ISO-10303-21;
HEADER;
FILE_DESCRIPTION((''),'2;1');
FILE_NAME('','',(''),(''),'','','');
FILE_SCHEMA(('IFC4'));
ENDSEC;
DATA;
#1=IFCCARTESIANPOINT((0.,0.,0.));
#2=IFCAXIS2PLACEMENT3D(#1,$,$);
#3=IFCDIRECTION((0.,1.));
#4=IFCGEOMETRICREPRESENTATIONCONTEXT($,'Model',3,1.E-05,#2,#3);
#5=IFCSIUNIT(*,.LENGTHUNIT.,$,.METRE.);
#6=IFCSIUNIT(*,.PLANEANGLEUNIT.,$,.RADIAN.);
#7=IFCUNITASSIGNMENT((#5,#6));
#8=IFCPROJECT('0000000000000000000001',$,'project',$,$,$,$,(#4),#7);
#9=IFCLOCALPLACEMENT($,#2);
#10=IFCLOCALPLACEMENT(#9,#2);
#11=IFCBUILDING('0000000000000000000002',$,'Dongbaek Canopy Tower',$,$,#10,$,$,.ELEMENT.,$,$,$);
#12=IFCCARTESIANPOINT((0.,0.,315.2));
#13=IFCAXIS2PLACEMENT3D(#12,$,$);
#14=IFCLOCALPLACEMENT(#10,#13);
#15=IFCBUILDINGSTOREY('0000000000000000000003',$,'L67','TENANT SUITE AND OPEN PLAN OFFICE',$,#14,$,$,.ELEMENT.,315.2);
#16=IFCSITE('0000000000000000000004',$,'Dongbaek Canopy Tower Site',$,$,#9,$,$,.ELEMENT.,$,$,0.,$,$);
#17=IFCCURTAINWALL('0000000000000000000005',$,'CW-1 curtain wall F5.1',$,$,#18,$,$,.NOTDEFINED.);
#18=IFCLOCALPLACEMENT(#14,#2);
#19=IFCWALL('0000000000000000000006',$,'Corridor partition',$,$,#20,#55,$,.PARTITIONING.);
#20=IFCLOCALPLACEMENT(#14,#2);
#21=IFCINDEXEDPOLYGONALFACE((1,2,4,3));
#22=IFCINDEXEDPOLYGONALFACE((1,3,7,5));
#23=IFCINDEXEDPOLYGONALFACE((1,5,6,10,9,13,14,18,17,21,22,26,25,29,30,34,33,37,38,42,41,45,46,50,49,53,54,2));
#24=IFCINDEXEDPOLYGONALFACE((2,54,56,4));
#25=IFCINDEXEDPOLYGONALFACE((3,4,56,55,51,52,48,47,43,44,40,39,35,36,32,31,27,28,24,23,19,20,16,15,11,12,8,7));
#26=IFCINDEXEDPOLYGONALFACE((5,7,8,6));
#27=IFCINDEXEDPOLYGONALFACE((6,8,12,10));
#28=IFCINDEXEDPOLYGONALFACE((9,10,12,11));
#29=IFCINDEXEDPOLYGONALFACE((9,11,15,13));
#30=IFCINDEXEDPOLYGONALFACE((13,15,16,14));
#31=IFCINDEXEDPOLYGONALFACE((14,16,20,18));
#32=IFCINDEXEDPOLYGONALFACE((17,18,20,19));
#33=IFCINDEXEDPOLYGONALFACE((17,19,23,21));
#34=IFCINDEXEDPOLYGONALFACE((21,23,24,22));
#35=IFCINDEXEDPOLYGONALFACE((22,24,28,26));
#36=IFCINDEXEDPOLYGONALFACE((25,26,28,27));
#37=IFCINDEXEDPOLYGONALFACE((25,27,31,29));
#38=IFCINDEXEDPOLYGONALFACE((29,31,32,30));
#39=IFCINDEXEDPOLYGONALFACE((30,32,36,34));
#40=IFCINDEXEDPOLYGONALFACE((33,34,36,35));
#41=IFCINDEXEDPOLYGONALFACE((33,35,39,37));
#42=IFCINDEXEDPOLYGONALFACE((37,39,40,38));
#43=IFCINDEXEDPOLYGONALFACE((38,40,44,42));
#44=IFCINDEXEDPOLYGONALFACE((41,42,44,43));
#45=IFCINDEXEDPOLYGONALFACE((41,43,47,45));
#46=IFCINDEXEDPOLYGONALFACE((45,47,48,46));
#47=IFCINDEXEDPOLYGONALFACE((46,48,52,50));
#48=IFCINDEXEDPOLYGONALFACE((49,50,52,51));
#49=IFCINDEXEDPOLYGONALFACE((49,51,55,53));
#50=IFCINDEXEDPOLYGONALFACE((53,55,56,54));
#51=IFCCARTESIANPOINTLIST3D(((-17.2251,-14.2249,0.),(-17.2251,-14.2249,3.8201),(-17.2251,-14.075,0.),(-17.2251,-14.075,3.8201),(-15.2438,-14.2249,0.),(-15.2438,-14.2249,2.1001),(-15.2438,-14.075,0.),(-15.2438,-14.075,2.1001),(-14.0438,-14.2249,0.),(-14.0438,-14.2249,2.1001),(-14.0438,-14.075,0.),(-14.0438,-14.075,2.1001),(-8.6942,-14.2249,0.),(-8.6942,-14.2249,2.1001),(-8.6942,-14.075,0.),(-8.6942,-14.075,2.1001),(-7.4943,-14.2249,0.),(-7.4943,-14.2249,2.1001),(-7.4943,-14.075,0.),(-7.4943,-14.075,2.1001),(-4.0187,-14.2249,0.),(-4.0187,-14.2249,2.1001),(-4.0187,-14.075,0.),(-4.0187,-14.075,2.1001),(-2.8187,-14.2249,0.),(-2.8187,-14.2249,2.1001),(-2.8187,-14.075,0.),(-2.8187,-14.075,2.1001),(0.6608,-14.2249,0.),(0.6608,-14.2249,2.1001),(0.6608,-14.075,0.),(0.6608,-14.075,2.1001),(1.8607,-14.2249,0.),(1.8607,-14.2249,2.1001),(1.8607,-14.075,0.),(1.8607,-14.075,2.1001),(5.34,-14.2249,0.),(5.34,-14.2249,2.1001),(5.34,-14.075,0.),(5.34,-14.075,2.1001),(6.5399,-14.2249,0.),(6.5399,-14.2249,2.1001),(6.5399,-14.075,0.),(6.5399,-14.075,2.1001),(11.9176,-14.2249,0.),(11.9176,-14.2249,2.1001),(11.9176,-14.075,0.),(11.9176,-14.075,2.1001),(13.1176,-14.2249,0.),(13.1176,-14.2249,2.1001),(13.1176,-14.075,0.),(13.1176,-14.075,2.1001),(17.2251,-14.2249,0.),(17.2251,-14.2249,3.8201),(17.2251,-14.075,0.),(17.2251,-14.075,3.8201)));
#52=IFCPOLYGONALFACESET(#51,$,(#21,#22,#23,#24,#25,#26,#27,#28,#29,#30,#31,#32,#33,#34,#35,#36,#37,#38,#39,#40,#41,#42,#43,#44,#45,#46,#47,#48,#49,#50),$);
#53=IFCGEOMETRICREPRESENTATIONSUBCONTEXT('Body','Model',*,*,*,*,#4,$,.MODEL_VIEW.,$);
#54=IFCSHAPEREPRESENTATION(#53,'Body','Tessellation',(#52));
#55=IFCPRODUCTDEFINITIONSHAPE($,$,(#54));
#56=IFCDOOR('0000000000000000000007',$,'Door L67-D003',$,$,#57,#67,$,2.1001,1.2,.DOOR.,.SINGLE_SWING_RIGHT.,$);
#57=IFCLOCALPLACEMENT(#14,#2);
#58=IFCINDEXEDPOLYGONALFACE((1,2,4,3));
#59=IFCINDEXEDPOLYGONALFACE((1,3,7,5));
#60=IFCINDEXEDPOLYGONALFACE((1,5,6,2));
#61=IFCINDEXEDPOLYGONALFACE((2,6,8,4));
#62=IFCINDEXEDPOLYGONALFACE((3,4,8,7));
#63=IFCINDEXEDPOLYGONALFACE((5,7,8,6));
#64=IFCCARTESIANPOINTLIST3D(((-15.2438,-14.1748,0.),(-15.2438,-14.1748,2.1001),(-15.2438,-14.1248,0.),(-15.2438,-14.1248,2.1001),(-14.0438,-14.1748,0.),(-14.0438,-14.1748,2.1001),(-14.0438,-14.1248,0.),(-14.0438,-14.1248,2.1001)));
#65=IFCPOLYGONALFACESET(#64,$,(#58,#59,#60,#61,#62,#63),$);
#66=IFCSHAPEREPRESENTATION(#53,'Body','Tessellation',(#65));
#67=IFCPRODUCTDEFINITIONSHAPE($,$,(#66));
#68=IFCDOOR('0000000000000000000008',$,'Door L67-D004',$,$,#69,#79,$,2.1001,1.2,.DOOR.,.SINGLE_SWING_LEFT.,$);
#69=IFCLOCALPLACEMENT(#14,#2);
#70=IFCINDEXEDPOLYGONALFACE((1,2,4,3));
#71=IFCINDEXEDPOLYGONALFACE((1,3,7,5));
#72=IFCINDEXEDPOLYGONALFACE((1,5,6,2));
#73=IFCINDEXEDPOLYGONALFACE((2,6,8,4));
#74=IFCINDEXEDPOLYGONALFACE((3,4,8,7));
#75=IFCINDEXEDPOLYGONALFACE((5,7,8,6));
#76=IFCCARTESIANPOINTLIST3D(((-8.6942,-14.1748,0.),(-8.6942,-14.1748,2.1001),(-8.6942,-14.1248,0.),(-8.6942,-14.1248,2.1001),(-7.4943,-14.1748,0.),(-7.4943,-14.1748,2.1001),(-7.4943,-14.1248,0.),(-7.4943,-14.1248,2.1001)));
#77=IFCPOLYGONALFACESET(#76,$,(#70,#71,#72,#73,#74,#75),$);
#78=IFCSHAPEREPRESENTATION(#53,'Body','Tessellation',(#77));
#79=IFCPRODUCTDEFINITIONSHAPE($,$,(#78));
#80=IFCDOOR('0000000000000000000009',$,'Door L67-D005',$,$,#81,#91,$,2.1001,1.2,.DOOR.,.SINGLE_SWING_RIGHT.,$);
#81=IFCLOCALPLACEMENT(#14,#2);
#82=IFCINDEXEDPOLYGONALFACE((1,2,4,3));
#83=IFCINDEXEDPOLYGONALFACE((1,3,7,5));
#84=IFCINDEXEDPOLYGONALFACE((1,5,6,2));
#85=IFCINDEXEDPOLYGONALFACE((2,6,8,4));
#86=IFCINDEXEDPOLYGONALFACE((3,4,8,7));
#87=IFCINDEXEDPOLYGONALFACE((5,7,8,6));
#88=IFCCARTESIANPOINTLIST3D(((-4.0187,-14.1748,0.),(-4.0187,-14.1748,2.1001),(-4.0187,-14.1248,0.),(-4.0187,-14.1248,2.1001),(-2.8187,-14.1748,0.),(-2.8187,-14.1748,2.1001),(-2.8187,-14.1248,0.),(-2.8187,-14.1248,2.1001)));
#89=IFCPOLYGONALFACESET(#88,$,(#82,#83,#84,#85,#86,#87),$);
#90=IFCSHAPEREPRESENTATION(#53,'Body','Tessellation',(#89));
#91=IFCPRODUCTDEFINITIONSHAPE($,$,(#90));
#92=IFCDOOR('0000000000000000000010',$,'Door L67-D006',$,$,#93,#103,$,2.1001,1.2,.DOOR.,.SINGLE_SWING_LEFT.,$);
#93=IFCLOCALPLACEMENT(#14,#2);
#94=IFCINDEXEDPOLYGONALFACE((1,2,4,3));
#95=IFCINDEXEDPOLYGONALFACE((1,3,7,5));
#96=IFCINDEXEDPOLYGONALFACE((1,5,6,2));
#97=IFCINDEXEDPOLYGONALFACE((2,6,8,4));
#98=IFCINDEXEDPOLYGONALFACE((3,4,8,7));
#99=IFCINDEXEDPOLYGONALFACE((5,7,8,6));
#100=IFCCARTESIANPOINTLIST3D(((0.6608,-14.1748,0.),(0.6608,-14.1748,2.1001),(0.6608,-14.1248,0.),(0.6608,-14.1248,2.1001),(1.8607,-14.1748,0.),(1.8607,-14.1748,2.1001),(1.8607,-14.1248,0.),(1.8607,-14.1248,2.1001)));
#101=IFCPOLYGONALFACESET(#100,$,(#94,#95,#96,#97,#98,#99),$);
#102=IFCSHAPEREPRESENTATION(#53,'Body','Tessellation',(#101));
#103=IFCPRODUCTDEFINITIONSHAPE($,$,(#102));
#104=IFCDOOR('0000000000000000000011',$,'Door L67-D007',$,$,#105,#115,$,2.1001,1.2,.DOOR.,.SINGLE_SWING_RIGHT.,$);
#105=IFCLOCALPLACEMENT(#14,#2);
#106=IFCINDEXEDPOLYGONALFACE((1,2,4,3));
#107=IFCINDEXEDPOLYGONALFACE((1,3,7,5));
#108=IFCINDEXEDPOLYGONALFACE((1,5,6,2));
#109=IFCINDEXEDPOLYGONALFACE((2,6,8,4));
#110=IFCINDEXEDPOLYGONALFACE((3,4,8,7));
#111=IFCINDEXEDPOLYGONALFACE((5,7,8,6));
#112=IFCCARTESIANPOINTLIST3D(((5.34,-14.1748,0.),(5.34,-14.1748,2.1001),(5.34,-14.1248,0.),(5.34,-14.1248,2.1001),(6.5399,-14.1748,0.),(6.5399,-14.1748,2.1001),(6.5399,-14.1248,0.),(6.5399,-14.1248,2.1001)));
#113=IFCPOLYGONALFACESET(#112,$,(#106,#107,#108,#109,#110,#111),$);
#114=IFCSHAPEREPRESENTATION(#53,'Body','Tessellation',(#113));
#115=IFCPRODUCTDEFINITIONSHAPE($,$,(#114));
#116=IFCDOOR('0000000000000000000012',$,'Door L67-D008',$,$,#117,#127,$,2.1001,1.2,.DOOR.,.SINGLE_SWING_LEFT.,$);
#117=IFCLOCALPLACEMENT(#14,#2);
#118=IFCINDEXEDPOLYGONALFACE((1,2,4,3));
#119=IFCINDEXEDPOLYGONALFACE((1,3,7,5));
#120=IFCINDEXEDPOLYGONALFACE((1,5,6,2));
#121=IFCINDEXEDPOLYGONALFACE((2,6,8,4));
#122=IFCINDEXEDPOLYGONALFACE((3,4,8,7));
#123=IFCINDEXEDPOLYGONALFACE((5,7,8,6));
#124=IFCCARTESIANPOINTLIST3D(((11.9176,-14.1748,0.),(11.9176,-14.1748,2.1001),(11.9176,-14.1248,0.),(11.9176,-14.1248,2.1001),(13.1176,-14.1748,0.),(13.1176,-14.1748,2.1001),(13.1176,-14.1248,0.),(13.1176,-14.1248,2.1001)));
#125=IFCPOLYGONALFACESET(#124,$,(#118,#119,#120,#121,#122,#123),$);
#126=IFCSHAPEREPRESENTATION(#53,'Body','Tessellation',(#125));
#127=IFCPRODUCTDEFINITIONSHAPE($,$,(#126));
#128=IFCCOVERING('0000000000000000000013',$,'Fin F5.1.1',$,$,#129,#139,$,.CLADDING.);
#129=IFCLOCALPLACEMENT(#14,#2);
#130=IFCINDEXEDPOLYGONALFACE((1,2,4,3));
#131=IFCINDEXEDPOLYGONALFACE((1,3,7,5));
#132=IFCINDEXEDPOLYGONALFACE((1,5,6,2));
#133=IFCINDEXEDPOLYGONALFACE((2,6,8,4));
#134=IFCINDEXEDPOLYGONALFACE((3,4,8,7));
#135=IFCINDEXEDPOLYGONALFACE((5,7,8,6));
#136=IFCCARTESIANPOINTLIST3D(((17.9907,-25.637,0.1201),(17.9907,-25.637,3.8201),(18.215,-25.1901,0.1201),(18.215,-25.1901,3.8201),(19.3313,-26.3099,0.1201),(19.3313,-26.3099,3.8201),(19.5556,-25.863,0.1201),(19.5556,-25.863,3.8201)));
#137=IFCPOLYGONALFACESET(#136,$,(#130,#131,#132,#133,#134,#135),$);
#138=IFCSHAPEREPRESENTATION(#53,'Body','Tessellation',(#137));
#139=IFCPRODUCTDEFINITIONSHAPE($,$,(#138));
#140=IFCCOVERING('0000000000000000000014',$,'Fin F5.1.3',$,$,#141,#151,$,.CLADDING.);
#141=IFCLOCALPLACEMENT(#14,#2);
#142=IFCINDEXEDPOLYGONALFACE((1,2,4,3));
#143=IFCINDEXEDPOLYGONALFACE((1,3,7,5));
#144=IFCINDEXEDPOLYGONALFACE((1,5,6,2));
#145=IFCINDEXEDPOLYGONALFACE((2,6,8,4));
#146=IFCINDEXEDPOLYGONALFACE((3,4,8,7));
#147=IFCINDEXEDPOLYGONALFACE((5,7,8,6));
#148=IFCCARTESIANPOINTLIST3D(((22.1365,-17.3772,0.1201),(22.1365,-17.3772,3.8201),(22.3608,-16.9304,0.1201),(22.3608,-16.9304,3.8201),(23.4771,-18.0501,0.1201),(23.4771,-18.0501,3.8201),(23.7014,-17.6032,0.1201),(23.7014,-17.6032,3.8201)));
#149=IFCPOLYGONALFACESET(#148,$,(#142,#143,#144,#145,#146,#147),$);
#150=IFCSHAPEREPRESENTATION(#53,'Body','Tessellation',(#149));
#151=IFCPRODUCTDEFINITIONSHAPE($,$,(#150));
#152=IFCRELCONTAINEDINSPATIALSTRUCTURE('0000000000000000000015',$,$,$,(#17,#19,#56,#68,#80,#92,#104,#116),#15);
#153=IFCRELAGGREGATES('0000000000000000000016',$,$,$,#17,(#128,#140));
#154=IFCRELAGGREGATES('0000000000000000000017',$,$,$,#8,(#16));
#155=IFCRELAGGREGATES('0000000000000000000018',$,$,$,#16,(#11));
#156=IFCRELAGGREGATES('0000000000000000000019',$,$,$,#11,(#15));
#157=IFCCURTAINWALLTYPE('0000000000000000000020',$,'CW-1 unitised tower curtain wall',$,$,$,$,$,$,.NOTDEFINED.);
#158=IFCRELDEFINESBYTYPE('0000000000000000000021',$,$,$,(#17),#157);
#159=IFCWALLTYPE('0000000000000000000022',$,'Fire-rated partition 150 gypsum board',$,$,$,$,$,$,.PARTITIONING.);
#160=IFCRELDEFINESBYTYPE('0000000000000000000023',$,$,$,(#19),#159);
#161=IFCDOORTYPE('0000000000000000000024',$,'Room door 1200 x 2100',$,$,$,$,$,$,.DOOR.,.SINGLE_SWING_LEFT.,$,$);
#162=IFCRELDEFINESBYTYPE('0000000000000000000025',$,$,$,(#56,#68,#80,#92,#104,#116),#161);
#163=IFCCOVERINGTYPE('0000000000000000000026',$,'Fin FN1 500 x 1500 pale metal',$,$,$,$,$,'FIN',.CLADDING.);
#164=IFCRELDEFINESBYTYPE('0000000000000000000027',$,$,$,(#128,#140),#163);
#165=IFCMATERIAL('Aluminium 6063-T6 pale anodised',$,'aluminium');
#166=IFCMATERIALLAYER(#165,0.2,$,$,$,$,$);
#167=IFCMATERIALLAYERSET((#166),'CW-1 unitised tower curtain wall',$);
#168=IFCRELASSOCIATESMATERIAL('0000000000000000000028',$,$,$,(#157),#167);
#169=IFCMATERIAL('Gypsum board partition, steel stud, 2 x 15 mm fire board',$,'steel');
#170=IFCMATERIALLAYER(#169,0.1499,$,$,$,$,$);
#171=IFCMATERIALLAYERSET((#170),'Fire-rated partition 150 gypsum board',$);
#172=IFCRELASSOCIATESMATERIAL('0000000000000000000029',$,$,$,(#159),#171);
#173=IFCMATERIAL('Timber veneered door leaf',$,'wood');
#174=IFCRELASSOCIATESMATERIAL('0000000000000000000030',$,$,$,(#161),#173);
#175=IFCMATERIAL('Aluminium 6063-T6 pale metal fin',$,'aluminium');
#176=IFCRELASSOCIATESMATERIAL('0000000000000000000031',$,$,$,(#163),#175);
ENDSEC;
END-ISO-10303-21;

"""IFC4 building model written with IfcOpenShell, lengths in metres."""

from ifc_helpers import new_model, si_unit, direction, frame, frame_2d, origin, origin_2d, place, context, subcontext, project, spatial, rectangle, extrude, material, layer, layer_set, material_profile, profile_set, type_object, element, fill, aggregate, save


model = new_model("IFC4")

# Units and contexts
model_context = context("Model", 3, precision=1e-05, world=origin(), true_north=direction((0.0, 1.0)))
body_context = subcontext(model_context, "Body", "Model", "MODEL_VIEW")
ifc_project = project(units=[si_unit("LENGTHUNIT", "METRE"), si_unit("PLANEANGLEUNIT", "RADIAN")], contexts=[model_context])

# Site, building, storey
site_placement = place(None, origin())
site = spatial("IfcSite", under=ifc_project, at=site_placement, Name="Dongbaek Canopy Tower Site", CompositionType="ELEMENT", RefElevation=0.0)
building_placement = place(site_placement, origin())
building = spatial("IfcBuilding", under=site, at=building_placement, Name="Dongbaek Canopy Tower", CompositionType="ELEMENT")
storey_placement = place(building_placement, frame((0.0, 0.0, 315.2)))
storey = spatial("IfcBuildingStorey", under=building, at=storey_placement, Name="L67", Description="TENANT SUITE AND OPEN PLAN OFFICE", CompositionType="ELEMENT", Elevation=315.2)

# Curtain wall
ifc_material_1 = material(Name="Aluminium 6063-T6 pale anodised", Category="aluminium")
ifc_layer_1 = layer(ifc_material_1, 0.2)
ifc_layer_set_1 = layer_set([ifc_layer_1], Name="CW-1 unitised tower curtain wall")
curtain_wall_type = type_object("IfcCurtainWallType", Name="CW-1 unitised tower curtain wall", PredefinedType="NOTDEFINED", material=ifc_layer_set_1)
curtain_wall_1_placement = place(storey_placement, origin())
curtain_wall_1 = element("IfcCurtainWall", 1, at=curtain_wall_1_placement, inside=storey, type_object=curtain_wall_type, Name="CW-1 curtain wall F5.1", PredefinedType="NOTDEFINED")

# Wall, openings, doors
ifc_material_2 = material(Name="Gypsum board partition, steel stud, 2 x 15 mm fire board", Category="steel")
ifc_layer_2 = layer(ifc_material_2, 0.1499)
ifc_layer_set_2 = layer_set([ifc_layer_2], Name="Fire-rated partition 150 gypsum board")
wall_type = type_object("IfcWallType", Name="Fire-rated partition 150 gypsum board", PredefinedType="PARTITIONING", material=ifc_layer_set_2)
wall_placement = place(storey_placement, frame((17.2251, -14.1499, 0.0), z_axis=(0.0, 0.0, 1.0), x_axis=(-1.0, 0.0, 0.0)))
wall = element("IfcWall", 2, at=wall_placement, inside=storey, type_object=wall_type, Name="Corridor partition", PredefinedType="PARTITIONING", context=body_context, shape_type="SweptSolid", body=[
    extrude(rectangle(XDim=34.4502, YDim=0.1499, at=frame_2d((17.2251, 0.0))), origin(), (0.0, 0.0, 1.0), 3.8201),
])
opening_1_placement = place(wall_placement, frame((31.2688, 0.0, 0.0)))
opening_1 = element("IfcOpeningElement", 3, at=opening_1_placement, cuts=wall, PredefinedType="OPENING", context=body_context, shape_type="SweptSolid", body=[
    extrude(rectangle(XDim=1.2, YDim=2.1001, at=frame_2d((0.6001, 1.05))), frame((0.0, 0.085, 0.0), z_axis=(0.0, -1.0, 0.0), x_axis=(1.0, 0.0, 0.0)), (0.0, 0.0, 1.0), 0.1699),
])
opening_2_placement = place(wall_placement, frame((24.7192, 0.0, 0.0)))
opening_2 = element("IfcOpeningElement", 4, at=opening_2_placement, cuts=wall, PredefinedType="OPENING", context=body_context, shape_type="SweptSolid", body=[
    extrude(rectangle(XDim=1.2, YDim=2.1001, at=frame_2d((0.6001, 1.05))), frame((0.0, 0.085, 0.0), z_axis=(0.0, -1.0, 0.0), x_axis=(1.0, 0.0, 0.0)), (0.0, 0.0, 1.0), 0.1699),
])
opening_3_placement = place(wall_placement, frame((20.0437, 0.0, 0.0)))
opening_3 = element("IfcOpeningElement", 5, at=opening_3_placement, cuts=wall, PredefinedType="OPENING", context=body_context, shape_type="SweptSolid", body=[
    extrude(rectangle(XDim=1.2, YDim=2.1001, at=frame_2d((0.6001, 1.05))), frame((0.0, 0.085, 0.0), z_axis=(0.0, -1.0, 0.0), x_axis=(1.0, 0.0, 0.0)), (0.0, 0.0, 1.0), 0.1699),
])
opening_4_placement = place(wall_placement, frame((15.3643, 0.0, 0.0)))
opening_4 = element("IfcOpeningElement", 6, at=opening_4_placement, cuts=wall, PredefinedType="OPENING", context=body_context, shape_type="SweptSolid", body=[
    extrude(rectangle(XDim=1.2, YDim=2.1001, at=frame_2d((0.6001, 1.05))), frame((0.0, 0.085, 0.0), z_axis=(0.0, -1.0, 0.0), x_axis=(1.0, 0.0, 0.0)), (0.0, 0.0, 1.0), 0.1699),
])
opening_5_placement = place(wall_placement, frame((10.6851, 0.0, 0.0)))
opening_5 = element("IfcOpeningElement", 7, at=opening_5_placement, cuts=wall, PredefinedType="OPENING", context=body_context, shape_type="SweptSolid", body=[
    extrude(rectangle(XDim=1.2, YDim=2.1001, at=frame_2d((0.6001, 1.05))), frame((0.0, 0.085, 0.0), z_axis=(0.0, -1.0, 0.0), x_axis=(1.0, 0.0, 0.0)), (0.0, 0.0, 1.0), 0.1699),
])
opening_6_placement = place(wall_placement, frame((4.1074, 0.0, 0.0)))
opening_6 = element("IfcOpeningElement", 8, at=opening_6_placement, cuts=wall, PredefinedType="OPENING", context=body_context, shape_type="SweptSolid", body=[
    extrude(rectangle(XDim=1.2, YDim=2.1001, at=frame_2d((0.6001, 1.05))), frame((0.0, 0.085, 0.0), z_axis=(0.0, -1.0, 0.0), x_axis=(1.0, 0.0, 0.0)), (0.0, 0.0, 1.0), 0.1699),
])
ifc_material_3 = material(Name="Timber veneered door leaf", Category="wood")
door_type = type_object("IfcDoorType", Name="Room door 1200 x 2100", OperationType="SINGLE_SWING_LEFT", PredefinedType="DOOR", material=ifc_material_3)
door_1_placement = place(opening_1_placement, origin())
door_1 = element("IfcDoor", 9, at=door_1_placement, inside=storey, type_object=door_type, Name="Door L67-D003", OperationType="SINGLE_SWING_RIGHT", OverallHeight=2.1001, OverallWidth=1.2, PredefinedType="DOOR", context=body_context, shape_type="SweptSolid", body=[
    extrude(rectangle(XDim=1.2, YDim=2.1001, at=frame_2d((0.6001, 1.05))), frame((0.0, 0.0249, 0.0), z_axis=(0.0, -1.0, 0.0), x_axis=(1.0, 0.0, 0.0)), (0.0, 0.0, 1.0), 0.05),
])
fill(opening_1, door_1)
door_2_placement = place(opening_2_placement, origin())
door_2 = element("IfcDoor", 10, at=door_2_placement, inside=storey, type_object=door_type, Name="Door L67-D004", OperationType="SINGLE_SWING_LEFT", OverallHeight=2.1001, OverallWidth=1.2, PredefinedType="DOOR", context=body_context, shape_type="SweptSolid", body=[
    extrude(rectangle(XDim=1.2, YDim=2.1001, at=frame_2d((0.6001, 1.05))), frame((0.0, 0.0249, 0.0), z_axis=(0.0, -1.0, 0.0), x_axis=(1.0, 0.0, 0.0)), (0.0, 0.0, 1.0), 0.05),
])
fill(opening_2, door_2)
door_3_placement = place(opening_3_placement, origin())
door_3 = element("IfcDoor", 11, at=door_3_placement, inside=storey, type_object=door_type, Name="Door L67-D005", OperationType="SINGLE_SWING_RIGHT", OverallHeight=2.1001, OverallWidth=1.2, PredefinedType="DOOR", context=body_context, shape_type="SweptSolid", body=[
    extrude(rectangle(XDim=1.2, YDim=2.1001, at=frame_2d((0.6001, 1.05))), frame((0.0, 0.0249, 0.0), z_axis=(0.0, -1.0, 0.0), x_axis=(1.0, 0.0, 0.0)), (0.0, 0.0, 1.0), 0.05),
])
fill(opening_3, door_3)
door_4_placement = place(opening_4_placement, origin())
door_4 = element("IfcDoor", 12, at=door_4_placement, inside=storey, type_object=door_type, Name="Door L67-D006", OperationType="SINGLE_SWING_LEFT", OverallHeight=2.1001, OverallWidth=1.2, PredefinedType="DOOR", context=body_context, shape_type="SweptSolid", body=[
    extrude(rectangle(XDim=1.2, YDim=2.1001, at=frame_2d((0.6001, 1.05))), frame((0.0, 0.0249, 0.0), z_axis=(0.0, -1.0, 0.0), x_axis=(1.0, 0.0, 0.0)), (0.0, 0.0, 1.0), 0.05),
])
fill(opening_4, door_4)
door_5_placement = place(opening_5_placement, origin())
door_5 = element("IfcDoor", 13, at=door_5_placement, inside=storey, type_object=door_type, Name="Door L67-D007", OperationType="SINGLE_SWING_RIGHT", OverallHeight=2.1001, OverallWidth=1.2, PredefinedType="DOOR", context=body_context, shape_type="SweptSolid", body=[
    extrude(rectangle(XDim=1.2, YDim=2.1001, at=frame_2d((0.6001, 1.05))), frame((0.0, 0.0249, 0.0), z_axis=(0.0, -1.0, 0.0), x_axis=(1.0, 0.0, 0.0)), (0.0, 0.0, 1.0), 0.05),
])
fill(opening_5, door_5)
door_6_placement = place(opening_6_placement, origin())
door_6 = element("IfcDoor", 14, at=door_6_placement, inside=storey, type_object=door_type, Name="Door L67-D008", OperationType="SINGLE_SWING_LEFT", OverallHeight=2.1001, OverallWidth=1.2, PredefinedType="DOOR", context=body_context, shape_type="SweptSolid", body=[
    extrude(rectangle(XDim=1.2, YDim=2.1001, at=frame_2d((0.6001, 1.05))), frame((0.0, 0.0249, 0.0), z_axis=(0.0, -1.0, 0.0), x_axis=(1.0, 0.0, 0.0)), (0.0, 0.0, 1.0), 0.05),
])
fill(opening_6, door_6)

# Coverings
ifc_material_4 = material(Name="Aluminium 6063-T6 pale metal fin", Category="aluminium")
ifc_material_profile_1 = material_profile(ifc_material_4, rectangle(XDim=1.5, YDim=0.5, at=origin_2d()), Name="Fin FN1 500 x 1500 pale metal")
ifc_profile_set_1 = profile_set([ifc_material_profile_1], Name="Aluminium 6063-T6 pale metal fin")
covering_type = type_object("IfcCoveringType", Name="Fin FN1 500 x 1500 pale metal", ElementType="FIN", PredefinedType="CLADDING", material=ifc_profile_set_1)
covering_1_placement = place(storey_placement, frame((18.7732, -25.75, 0.1201), z_axis=(0.0, 0.0, 1.0), x_axis=(0.893733, -0.448598, 0.0)))
covering_1 = element("IfcCovering", 15, at=covering_1_placement, type_object=covering_type, Name="Fin F5.1.1", PredefinedType="CLADDING", context=body_context, shape_type="SweptSolid", body=[
    extrude(rectangle(XDim=1.5, YDim=0.5, at=origin_2d()), origin(), (0.0, 0.0, 1.0), 3.7),
])
covering_2_placement = place(storey_placement, frame((22.9189, -17.4902, 0.1201), z_axis=(0.0, 0.0, 1.0), x_axis=(0.893733, -0.448598, 0.0)))
covering_2 = element("IfcCovering", 16, at=covering_2_placement, type_object=covering_type, Name="Fin F5.1.3", PredefinedType="CLADDING", context=body_context, shape_type="SweptSolid", body=[
    extrude(rectangle(XDim=1.5, YDim=0.5, at=origin_2d()), origin(), (0.0, 0.0, 1.0), 3.7),
])
aggregate(curtain_wall_1, [covering_1, covering_2])

save(model, "model.ifc")
